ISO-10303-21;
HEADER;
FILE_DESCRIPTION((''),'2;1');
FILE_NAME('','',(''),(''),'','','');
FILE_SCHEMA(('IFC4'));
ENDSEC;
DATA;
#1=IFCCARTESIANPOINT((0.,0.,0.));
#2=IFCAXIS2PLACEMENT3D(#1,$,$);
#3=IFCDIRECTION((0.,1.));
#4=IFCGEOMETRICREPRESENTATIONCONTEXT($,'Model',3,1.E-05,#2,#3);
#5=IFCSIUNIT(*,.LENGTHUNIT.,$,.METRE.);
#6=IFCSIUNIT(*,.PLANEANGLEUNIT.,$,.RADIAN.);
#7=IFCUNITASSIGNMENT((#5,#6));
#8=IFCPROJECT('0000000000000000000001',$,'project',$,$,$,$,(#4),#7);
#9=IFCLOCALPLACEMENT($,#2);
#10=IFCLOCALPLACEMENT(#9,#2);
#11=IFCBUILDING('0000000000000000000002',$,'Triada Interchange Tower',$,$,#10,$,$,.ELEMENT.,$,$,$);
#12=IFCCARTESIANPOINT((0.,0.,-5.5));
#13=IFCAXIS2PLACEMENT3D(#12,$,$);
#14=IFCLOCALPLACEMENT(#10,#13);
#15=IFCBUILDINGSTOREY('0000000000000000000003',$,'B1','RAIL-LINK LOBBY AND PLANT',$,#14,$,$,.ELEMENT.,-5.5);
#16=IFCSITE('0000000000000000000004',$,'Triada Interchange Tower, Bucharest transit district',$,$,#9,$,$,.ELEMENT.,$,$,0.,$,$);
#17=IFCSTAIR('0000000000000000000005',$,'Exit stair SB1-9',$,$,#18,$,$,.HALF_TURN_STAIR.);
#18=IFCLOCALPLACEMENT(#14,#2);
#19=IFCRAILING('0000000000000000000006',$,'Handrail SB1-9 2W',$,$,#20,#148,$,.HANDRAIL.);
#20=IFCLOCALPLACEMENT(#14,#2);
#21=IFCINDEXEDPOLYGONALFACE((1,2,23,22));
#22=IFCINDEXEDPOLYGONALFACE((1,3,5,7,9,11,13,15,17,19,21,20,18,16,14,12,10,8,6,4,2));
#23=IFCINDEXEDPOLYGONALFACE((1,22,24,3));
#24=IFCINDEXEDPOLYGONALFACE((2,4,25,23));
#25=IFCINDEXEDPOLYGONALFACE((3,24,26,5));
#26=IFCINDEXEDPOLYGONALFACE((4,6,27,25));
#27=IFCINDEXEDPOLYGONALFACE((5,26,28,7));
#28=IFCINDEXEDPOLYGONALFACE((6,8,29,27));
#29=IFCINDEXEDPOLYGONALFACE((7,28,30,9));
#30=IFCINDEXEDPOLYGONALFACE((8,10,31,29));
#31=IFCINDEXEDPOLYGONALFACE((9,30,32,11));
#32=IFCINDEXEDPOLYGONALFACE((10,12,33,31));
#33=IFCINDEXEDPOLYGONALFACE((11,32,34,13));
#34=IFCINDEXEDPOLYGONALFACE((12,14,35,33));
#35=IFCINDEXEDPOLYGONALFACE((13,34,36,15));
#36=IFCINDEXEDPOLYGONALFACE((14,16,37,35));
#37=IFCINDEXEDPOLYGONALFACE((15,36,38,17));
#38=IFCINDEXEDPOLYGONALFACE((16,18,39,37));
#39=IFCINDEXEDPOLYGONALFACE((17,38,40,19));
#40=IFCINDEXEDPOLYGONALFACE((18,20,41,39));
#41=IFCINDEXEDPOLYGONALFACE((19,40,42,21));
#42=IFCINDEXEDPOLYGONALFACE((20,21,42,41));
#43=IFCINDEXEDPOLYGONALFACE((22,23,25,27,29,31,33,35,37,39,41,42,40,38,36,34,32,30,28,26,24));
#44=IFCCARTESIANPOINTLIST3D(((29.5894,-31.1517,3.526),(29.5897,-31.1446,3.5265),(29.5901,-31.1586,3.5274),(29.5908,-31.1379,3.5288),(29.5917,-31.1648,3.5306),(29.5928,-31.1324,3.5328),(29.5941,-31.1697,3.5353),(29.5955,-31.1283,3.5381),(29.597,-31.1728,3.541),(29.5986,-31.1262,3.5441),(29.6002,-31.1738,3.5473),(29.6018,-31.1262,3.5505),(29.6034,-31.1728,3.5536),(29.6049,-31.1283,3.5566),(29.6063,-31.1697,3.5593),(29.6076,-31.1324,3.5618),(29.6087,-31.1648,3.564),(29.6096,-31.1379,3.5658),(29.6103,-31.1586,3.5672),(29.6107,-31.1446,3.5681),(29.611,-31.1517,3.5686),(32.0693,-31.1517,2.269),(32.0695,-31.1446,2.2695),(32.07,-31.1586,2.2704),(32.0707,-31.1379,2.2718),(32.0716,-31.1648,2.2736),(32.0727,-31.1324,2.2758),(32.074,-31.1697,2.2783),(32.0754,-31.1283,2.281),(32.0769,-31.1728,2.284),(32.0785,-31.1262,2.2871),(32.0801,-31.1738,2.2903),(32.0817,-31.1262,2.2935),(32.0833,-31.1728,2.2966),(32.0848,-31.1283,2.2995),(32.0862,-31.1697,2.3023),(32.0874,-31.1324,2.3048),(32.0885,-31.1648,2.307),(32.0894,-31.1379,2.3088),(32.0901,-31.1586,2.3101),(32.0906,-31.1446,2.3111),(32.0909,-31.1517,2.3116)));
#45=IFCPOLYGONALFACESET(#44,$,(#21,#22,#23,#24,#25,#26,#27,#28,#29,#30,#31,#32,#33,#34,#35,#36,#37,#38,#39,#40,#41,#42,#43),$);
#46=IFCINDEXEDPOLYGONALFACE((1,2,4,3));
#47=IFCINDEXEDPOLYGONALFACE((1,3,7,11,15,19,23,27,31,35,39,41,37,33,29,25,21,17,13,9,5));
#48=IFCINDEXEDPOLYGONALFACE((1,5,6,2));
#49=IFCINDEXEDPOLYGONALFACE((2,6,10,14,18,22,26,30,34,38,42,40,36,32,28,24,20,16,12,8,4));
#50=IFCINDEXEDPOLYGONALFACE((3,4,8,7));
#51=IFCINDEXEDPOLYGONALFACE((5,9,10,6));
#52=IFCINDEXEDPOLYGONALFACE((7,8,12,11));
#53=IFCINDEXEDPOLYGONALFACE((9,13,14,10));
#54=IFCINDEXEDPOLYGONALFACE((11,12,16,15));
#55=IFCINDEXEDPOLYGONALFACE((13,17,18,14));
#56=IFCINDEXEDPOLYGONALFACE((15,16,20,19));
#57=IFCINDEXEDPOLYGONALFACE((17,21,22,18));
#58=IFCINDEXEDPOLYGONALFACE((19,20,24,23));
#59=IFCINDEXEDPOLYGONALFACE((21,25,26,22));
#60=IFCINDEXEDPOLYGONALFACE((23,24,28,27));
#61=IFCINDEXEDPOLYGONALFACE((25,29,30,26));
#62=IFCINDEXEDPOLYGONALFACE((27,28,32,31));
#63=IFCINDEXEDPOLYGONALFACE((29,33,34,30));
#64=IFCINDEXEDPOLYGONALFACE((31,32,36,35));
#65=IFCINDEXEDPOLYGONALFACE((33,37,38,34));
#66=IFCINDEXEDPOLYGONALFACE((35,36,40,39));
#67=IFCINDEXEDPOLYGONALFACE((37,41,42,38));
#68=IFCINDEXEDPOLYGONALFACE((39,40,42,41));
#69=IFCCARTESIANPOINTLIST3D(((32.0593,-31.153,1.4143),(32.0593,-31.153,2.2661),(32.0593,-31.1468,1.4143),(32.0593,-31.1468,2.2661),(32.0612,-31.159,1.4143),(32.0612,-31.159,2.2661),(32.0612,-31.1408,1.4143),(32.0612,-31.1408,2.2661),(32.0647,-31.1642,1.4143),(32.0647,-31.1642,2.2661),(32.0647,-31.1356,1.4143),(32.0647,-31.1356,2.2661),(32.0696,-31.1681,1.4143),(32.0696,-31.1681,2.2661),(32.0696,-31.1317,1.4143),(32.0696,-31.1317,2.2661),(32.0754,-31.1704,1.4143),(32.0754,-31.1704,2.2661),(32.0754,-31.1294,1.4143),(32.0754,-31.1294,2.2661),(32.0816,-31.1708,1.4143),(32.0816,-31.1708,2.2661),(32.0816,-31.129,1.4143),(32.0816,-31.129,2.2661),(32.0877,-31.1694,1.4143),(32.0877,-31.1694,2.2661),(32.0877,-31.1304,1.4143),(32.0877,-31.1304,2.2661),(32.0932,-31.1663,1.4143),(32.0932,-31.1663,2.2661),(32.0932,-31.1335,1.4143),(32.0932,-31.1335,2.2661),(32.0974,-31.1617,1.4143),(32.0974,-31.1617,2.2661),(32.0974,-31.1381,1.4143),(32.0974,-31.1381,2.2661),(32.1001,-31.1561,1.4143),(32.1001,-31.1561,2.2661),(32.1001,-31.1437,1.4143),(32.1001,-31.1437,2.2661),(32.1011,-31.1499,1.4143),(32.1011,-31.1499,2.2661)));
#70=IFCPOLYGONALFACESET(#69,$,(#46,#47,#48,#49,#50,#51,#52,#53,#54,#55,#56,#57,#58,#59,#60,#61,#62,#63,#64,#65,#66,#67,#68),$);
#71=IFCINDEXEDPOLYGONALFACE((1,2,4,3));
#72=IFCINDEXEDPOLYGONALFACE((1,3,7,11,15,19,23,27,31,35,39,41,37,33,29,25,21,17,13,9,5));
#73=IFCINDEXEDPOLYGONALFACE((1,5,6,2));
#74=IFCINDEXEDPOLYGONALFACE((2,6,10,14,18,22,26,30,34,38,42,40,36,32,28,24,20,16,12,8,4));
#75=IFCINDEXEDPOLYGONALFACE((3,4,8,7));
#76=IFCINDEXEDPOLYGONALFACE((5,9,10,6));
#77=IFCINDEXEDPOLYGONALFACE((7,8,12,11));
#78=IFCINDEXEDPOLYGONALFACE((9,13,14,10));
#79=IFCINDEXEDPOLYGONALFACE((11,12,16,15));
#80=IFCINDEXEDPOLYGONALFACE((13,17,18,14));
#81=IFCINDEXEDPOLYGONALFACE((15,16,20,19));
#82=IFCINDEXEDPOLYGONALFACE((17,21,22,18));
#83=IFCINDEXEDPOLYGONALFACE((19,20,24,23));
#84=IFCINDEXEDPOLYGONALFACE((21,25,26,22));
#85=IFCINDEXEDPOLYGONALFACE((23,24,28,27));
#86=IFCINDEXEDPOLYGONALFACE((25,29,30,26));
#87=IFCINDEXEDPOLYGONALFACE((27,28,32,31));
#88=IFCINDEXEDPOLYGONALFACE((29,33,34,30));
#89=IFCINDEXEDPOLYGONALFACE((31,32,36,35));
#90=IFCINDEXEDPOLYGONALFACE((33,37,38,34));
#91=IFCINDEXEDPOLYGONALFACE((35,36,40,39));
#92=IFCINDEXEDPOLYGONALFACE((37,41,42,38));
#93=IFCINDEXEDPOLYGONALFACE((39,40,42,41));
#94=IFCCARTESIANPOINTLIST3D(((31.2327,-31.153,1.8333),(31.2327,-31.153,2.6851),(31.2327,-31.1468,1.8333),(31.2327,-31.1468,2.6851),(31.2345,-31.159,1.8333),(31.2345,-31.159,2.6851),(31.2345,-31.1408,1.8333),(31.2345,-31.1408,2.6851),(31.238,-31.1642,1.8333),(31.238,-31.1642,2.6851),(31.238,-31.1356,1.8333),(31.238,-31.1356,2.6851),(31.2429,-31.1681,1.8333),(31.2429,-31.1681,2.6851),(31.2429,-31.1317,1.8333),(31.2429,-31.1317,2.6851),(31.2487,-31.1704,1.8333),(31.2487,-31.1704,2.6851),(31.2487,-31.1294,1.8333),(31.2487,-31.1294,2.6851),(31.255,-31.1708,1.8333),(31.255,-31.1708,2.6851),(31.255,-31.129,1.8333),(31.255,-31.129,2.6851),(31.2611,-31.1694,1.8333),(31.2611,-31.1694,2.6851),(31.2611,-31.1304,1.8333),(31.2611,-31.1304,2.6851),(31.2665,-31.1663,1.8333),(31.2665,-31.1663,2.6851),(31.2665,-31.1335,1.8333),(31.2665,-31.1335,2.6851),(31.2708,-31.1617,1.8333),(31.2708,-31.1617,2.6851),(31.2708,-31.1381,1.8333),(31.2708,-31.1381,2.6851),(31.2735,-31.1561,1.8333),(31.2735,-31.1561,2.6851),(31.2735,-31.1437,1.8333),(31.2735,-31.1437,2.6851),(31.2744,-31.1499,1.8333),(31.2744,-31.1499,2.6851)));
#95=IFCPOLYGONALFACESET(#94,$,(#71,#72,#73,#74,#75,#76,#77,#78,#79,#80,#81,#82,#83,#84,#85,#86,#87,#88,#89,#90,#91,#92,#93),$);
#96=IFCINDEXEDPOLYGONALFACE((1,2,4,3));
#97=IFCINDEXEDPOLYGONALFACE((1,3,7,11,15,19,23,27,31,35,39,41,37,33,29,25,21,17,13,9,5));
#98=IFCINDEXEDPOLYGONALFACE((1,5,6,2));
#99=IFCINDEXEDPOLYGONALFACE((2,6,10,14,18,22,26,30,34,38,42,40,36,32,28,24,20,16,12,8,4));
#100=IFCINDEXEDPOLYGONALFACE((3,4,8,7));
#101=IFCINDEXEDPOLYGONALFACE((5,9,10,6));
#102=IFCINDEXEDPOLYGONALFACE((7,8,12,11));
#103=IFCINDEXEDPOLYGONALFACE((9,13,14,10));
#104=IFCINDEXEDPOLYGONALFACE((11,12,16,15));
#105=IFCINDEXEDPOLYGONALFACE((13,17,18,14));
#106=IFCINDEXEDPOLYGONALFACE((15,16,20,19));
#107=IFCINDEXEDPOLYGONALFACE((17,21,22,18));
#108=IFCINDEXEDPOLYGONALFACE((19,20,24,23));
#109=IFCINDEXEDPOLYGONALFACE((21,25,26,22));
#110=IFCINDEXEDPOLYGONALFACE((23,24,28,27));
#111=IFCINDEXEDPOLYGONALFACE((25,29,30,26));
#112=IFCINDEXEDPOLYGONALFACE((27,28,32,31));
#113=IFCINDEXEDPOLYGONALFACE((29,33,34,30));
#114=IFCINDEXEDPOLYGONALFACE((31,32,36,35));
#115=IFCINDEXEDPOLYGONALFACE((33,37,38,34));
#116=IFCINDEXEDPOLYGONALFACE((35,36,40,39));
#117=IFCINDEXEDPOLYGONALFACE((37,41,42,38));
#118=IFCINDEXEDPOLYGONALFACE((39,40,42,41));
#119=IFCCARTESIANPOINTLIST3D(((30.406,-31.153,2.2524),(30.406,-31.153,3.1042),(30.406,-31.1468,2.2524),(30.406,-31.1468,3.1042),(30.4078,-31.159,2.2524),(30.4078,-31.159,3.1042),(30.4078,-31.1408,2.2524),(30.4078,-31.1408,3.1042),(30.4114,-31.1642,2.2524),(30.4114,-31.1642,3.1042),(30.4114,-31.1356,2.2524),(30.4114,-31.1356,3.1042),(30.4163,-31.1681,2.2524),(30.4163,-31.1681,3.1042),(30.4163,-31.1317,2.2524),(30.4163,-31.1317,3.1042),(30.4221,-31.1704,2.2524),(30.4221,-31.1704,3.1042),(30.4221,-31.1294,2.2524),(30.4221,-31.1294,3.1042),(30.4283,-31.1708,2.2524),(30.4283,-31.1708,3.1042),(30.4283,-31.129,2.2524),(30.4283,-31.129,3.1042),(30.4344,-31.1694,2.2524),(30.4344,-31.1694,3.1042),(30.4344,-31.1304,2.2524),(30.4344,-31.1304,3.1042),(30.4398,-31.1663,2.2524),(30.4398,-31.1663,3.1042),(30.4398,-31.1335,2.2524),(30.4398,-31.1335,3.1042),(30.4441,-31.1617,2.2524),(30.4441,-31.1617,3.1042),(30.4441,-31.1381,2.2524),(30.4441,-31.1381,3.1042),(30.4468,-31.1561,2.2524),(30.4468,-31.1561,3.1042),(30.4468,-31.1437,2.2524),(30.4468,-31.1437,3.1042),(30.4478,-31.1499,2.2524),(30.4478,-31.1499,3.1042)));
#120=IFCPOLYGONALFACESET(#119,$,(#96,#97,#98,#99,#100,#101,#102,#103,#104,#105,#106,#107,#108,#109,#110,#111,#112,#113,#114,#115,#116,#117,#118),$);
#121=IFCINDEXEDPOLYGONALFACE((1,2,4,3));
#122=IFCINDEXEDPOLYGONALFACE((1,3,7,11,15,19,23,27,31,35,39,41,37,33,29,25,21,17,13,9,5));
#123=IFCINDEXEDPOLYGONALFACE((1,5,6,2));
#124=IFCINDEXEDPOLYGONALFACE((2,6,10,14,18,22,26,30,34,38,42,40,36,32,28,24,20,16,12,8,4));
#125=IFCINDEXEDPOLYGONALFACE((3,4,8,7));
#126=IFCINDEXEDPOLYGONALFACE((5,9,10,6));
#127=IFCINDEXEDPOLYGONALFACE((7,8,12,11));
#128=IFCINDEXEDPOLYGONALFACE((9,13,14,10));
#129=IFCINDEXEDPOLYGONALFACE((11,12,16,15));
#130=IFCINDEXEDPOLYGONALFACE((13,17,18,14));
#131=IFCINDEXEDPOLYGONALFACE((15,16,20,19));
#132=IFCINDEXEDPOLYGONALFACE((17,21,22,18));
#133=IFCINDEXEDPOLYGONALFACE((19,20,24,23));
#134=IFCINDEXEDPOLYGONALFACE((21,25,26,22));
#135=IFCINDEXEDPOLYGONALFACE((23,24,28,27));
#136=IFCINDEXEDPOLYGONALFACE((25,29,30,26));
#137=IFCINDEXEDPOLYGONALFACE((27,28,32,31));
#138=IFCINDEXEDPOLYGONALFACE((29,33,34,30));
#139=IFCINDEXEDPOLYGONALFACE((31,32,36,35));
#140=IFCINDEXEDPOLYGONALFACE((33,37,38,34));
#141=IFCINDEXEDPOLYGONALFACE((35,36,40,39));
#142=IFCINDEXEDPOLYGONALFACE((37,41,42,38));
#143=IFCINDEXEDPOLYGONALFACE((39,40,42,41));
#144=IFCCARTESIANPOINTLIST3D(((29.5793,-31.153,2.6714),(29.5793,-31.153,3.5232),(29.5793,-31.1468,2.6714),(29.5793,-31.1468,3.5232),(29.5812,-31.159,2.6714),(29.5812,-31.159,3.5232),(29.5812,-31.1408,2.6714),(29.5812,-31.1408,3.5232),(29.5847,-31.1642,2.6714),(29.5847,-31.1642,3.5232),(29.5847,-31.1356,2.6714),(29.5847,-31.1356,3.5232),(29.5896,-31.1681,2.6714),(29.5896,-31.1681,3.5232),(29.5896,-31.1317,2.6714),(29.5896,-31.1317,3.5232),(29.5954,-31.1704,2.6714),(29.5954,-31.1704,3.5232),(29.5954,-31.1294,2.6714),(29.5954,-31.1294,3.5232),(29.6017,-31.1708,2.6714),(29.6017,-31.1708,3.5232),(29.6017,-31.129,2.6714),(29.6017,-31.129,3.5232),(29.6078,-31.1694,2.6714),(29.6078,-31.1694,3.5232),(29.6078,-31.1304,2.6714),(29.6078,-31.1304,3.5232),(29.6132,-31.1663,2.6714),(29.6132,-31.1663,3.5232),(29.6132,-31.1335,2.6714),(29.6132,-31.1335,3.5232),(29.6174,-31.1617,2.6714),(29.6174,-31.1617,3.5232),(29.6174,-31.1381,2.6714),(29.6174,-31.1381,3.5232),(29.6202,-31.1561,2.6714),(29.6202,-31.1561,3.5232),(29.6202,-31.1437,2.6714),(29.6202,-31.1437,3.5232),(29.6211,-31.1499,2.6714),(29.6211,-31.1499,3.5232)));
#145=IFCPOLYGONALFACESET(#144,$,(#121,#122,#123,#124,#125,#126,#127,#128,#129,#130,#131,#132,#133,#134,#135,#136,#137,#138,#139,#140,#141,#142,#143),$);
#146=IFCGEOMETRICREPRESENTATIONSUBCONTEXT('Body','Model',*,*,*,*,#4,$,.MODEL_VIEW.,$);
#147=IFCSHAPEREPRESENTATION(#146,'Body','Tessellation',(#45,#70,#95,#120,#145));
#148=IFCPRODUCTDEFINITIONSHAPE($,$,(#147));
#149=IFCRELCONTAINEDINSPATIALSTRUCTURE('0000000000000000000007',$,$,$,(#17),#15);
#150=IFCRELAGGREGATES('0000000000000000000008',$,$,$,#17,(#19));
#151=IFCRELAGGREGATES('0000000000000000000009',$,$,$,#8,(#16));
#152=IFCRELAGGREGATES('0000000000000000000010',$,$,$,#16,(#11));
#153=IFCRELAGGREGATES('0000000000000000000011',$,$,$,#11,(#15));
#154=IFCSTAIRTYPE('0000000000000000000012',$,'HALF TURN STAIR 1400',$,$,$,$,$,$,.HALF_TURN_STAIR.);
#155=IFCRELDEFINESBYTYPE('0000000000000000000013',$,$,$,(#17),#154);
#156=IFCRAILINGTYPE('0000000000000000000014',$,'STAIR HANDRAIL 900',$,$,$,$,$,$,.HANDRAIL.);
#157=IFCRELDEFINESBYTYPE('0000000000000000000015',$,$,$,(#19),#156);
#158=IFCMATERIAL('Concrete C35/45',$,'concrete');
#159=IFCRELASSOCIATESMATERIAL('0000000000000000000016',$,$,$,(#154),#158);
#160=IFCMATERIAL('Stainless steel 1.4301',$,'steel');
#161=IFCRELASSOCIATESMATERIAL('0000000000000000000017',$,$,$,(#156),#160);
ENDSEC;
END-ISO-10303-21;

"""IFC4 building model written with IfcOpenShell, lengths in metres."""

from ifc_helpers import new_model, si_unit, direction, frame, origin, origin_2d, place, context, subcontext, project, spatial, circle, extrude, material, type_object, element, aggregate, save


model = new_model("IFC4")

# Units and contexts
model_context = context("Model", 3, precision=1e-05, world=origin(), true_north=direction((0.0, 1.0)))
body_context = subcontext(model_context, "Body", "Model", "MODEL_VIEW")
ifc_project = project(units=[si_unit("LENGTHUNIT", "METRE"), si_unit("PLANEANGLEUNIT", "RADIAN")], contexts=[model_context])

# Site, building, storey
site_placement = place(None, origin())
site = spatial("IfcSite", under=ifc_project, at=site_placement, Name="Triada Interchange Tower, Bucharest transit district", CompositionType="ELEMENT", RefElevation=0.0)
building_placement = place(site_placement, origin())
building = spatial("IfcBuilding", under=site, at=building_placement, Name="Triada Interchange Tower", CompositionType="ELEMENT")
storey_placement = place(building_placement, frame((0.0, 0.0, -5.5)))
storey = spatial("IfcBuildingStorey", under=building, at=storey_placement, Name="B1", Description="RAIL-LINK LOBBY AND PLANT", CompositionType="ELEMENT", Elevation=-5.5)

# Shared definitions
ifc_material_1 = material(Name="Concrete C35/45", Category="concrete")

# Stair, railing
stair_type = type_object("IfcStairType", Name="HALF TURN STAIR 1400", PredefinedType="HALF_TURN_STAIR", material=ifc_material_1)
stair_placement = place(storey_placement, origin())
stair = element("IfcStair", 1, at=stair_placement, inside=storey, type_object=stair_type, Name="Exit stair SB1-9", PredefinedType="HALF_TURN_STAIR")
ifc_material_2 = material(Name="Stainless steel 1.4301", Category="steel")
railing_type = type_object("IfcRailingType", Name="STAIR HANDRAIL 900", PredefinedType="HANDRAIL", material=ifc_material_2)
railing_1_placement = place(storey_placement, frame((32.0801, -31.1499, 1.4143)))
railing_1 = element("IfcRailing", 2, at=railing_1_placement, type_object=railing_type, Name="Handrail SB1-9 2W", PredefinedType="HANDRAIL", context=body_context, shape_type="SweptSolid", body=[
    extrude(circle(Radius=0.0239, at=origin_2d()), frame((0.0, 0.0, 0.876), z_axis=(-0.891955, 0.0, 0.452124), x_axis=(0.0, -1.0, 0.0)), (0.0, 0.0, 1.0), 2.7803),
    extrude(circle(Radius=0.021, at=origin_2d()), origin(), (0.0, 0.0, 1.0), 0.8518),
    extrude(circle(Radius=0.021, at=origin_2d()), frame((-0.8267, 0.0, 0.4189)), (0.0, 0.0, 1.0), 0.8518),
    extrude(circle(Radius=0.021, at=origin_2d()), frame((-1.6533, 0.0, 0.8381)), (0.0, 0.0, 1.0), 0.8518),
    extrude(circle(Radius=0.021, at=origin_2d()), frame((-2.48, 0.0, 1.2571)), (0.0, 0.0, 1.0), 0.8518),
])
aggregate(stair, [railing_1])

save(model, "model.ifc")
